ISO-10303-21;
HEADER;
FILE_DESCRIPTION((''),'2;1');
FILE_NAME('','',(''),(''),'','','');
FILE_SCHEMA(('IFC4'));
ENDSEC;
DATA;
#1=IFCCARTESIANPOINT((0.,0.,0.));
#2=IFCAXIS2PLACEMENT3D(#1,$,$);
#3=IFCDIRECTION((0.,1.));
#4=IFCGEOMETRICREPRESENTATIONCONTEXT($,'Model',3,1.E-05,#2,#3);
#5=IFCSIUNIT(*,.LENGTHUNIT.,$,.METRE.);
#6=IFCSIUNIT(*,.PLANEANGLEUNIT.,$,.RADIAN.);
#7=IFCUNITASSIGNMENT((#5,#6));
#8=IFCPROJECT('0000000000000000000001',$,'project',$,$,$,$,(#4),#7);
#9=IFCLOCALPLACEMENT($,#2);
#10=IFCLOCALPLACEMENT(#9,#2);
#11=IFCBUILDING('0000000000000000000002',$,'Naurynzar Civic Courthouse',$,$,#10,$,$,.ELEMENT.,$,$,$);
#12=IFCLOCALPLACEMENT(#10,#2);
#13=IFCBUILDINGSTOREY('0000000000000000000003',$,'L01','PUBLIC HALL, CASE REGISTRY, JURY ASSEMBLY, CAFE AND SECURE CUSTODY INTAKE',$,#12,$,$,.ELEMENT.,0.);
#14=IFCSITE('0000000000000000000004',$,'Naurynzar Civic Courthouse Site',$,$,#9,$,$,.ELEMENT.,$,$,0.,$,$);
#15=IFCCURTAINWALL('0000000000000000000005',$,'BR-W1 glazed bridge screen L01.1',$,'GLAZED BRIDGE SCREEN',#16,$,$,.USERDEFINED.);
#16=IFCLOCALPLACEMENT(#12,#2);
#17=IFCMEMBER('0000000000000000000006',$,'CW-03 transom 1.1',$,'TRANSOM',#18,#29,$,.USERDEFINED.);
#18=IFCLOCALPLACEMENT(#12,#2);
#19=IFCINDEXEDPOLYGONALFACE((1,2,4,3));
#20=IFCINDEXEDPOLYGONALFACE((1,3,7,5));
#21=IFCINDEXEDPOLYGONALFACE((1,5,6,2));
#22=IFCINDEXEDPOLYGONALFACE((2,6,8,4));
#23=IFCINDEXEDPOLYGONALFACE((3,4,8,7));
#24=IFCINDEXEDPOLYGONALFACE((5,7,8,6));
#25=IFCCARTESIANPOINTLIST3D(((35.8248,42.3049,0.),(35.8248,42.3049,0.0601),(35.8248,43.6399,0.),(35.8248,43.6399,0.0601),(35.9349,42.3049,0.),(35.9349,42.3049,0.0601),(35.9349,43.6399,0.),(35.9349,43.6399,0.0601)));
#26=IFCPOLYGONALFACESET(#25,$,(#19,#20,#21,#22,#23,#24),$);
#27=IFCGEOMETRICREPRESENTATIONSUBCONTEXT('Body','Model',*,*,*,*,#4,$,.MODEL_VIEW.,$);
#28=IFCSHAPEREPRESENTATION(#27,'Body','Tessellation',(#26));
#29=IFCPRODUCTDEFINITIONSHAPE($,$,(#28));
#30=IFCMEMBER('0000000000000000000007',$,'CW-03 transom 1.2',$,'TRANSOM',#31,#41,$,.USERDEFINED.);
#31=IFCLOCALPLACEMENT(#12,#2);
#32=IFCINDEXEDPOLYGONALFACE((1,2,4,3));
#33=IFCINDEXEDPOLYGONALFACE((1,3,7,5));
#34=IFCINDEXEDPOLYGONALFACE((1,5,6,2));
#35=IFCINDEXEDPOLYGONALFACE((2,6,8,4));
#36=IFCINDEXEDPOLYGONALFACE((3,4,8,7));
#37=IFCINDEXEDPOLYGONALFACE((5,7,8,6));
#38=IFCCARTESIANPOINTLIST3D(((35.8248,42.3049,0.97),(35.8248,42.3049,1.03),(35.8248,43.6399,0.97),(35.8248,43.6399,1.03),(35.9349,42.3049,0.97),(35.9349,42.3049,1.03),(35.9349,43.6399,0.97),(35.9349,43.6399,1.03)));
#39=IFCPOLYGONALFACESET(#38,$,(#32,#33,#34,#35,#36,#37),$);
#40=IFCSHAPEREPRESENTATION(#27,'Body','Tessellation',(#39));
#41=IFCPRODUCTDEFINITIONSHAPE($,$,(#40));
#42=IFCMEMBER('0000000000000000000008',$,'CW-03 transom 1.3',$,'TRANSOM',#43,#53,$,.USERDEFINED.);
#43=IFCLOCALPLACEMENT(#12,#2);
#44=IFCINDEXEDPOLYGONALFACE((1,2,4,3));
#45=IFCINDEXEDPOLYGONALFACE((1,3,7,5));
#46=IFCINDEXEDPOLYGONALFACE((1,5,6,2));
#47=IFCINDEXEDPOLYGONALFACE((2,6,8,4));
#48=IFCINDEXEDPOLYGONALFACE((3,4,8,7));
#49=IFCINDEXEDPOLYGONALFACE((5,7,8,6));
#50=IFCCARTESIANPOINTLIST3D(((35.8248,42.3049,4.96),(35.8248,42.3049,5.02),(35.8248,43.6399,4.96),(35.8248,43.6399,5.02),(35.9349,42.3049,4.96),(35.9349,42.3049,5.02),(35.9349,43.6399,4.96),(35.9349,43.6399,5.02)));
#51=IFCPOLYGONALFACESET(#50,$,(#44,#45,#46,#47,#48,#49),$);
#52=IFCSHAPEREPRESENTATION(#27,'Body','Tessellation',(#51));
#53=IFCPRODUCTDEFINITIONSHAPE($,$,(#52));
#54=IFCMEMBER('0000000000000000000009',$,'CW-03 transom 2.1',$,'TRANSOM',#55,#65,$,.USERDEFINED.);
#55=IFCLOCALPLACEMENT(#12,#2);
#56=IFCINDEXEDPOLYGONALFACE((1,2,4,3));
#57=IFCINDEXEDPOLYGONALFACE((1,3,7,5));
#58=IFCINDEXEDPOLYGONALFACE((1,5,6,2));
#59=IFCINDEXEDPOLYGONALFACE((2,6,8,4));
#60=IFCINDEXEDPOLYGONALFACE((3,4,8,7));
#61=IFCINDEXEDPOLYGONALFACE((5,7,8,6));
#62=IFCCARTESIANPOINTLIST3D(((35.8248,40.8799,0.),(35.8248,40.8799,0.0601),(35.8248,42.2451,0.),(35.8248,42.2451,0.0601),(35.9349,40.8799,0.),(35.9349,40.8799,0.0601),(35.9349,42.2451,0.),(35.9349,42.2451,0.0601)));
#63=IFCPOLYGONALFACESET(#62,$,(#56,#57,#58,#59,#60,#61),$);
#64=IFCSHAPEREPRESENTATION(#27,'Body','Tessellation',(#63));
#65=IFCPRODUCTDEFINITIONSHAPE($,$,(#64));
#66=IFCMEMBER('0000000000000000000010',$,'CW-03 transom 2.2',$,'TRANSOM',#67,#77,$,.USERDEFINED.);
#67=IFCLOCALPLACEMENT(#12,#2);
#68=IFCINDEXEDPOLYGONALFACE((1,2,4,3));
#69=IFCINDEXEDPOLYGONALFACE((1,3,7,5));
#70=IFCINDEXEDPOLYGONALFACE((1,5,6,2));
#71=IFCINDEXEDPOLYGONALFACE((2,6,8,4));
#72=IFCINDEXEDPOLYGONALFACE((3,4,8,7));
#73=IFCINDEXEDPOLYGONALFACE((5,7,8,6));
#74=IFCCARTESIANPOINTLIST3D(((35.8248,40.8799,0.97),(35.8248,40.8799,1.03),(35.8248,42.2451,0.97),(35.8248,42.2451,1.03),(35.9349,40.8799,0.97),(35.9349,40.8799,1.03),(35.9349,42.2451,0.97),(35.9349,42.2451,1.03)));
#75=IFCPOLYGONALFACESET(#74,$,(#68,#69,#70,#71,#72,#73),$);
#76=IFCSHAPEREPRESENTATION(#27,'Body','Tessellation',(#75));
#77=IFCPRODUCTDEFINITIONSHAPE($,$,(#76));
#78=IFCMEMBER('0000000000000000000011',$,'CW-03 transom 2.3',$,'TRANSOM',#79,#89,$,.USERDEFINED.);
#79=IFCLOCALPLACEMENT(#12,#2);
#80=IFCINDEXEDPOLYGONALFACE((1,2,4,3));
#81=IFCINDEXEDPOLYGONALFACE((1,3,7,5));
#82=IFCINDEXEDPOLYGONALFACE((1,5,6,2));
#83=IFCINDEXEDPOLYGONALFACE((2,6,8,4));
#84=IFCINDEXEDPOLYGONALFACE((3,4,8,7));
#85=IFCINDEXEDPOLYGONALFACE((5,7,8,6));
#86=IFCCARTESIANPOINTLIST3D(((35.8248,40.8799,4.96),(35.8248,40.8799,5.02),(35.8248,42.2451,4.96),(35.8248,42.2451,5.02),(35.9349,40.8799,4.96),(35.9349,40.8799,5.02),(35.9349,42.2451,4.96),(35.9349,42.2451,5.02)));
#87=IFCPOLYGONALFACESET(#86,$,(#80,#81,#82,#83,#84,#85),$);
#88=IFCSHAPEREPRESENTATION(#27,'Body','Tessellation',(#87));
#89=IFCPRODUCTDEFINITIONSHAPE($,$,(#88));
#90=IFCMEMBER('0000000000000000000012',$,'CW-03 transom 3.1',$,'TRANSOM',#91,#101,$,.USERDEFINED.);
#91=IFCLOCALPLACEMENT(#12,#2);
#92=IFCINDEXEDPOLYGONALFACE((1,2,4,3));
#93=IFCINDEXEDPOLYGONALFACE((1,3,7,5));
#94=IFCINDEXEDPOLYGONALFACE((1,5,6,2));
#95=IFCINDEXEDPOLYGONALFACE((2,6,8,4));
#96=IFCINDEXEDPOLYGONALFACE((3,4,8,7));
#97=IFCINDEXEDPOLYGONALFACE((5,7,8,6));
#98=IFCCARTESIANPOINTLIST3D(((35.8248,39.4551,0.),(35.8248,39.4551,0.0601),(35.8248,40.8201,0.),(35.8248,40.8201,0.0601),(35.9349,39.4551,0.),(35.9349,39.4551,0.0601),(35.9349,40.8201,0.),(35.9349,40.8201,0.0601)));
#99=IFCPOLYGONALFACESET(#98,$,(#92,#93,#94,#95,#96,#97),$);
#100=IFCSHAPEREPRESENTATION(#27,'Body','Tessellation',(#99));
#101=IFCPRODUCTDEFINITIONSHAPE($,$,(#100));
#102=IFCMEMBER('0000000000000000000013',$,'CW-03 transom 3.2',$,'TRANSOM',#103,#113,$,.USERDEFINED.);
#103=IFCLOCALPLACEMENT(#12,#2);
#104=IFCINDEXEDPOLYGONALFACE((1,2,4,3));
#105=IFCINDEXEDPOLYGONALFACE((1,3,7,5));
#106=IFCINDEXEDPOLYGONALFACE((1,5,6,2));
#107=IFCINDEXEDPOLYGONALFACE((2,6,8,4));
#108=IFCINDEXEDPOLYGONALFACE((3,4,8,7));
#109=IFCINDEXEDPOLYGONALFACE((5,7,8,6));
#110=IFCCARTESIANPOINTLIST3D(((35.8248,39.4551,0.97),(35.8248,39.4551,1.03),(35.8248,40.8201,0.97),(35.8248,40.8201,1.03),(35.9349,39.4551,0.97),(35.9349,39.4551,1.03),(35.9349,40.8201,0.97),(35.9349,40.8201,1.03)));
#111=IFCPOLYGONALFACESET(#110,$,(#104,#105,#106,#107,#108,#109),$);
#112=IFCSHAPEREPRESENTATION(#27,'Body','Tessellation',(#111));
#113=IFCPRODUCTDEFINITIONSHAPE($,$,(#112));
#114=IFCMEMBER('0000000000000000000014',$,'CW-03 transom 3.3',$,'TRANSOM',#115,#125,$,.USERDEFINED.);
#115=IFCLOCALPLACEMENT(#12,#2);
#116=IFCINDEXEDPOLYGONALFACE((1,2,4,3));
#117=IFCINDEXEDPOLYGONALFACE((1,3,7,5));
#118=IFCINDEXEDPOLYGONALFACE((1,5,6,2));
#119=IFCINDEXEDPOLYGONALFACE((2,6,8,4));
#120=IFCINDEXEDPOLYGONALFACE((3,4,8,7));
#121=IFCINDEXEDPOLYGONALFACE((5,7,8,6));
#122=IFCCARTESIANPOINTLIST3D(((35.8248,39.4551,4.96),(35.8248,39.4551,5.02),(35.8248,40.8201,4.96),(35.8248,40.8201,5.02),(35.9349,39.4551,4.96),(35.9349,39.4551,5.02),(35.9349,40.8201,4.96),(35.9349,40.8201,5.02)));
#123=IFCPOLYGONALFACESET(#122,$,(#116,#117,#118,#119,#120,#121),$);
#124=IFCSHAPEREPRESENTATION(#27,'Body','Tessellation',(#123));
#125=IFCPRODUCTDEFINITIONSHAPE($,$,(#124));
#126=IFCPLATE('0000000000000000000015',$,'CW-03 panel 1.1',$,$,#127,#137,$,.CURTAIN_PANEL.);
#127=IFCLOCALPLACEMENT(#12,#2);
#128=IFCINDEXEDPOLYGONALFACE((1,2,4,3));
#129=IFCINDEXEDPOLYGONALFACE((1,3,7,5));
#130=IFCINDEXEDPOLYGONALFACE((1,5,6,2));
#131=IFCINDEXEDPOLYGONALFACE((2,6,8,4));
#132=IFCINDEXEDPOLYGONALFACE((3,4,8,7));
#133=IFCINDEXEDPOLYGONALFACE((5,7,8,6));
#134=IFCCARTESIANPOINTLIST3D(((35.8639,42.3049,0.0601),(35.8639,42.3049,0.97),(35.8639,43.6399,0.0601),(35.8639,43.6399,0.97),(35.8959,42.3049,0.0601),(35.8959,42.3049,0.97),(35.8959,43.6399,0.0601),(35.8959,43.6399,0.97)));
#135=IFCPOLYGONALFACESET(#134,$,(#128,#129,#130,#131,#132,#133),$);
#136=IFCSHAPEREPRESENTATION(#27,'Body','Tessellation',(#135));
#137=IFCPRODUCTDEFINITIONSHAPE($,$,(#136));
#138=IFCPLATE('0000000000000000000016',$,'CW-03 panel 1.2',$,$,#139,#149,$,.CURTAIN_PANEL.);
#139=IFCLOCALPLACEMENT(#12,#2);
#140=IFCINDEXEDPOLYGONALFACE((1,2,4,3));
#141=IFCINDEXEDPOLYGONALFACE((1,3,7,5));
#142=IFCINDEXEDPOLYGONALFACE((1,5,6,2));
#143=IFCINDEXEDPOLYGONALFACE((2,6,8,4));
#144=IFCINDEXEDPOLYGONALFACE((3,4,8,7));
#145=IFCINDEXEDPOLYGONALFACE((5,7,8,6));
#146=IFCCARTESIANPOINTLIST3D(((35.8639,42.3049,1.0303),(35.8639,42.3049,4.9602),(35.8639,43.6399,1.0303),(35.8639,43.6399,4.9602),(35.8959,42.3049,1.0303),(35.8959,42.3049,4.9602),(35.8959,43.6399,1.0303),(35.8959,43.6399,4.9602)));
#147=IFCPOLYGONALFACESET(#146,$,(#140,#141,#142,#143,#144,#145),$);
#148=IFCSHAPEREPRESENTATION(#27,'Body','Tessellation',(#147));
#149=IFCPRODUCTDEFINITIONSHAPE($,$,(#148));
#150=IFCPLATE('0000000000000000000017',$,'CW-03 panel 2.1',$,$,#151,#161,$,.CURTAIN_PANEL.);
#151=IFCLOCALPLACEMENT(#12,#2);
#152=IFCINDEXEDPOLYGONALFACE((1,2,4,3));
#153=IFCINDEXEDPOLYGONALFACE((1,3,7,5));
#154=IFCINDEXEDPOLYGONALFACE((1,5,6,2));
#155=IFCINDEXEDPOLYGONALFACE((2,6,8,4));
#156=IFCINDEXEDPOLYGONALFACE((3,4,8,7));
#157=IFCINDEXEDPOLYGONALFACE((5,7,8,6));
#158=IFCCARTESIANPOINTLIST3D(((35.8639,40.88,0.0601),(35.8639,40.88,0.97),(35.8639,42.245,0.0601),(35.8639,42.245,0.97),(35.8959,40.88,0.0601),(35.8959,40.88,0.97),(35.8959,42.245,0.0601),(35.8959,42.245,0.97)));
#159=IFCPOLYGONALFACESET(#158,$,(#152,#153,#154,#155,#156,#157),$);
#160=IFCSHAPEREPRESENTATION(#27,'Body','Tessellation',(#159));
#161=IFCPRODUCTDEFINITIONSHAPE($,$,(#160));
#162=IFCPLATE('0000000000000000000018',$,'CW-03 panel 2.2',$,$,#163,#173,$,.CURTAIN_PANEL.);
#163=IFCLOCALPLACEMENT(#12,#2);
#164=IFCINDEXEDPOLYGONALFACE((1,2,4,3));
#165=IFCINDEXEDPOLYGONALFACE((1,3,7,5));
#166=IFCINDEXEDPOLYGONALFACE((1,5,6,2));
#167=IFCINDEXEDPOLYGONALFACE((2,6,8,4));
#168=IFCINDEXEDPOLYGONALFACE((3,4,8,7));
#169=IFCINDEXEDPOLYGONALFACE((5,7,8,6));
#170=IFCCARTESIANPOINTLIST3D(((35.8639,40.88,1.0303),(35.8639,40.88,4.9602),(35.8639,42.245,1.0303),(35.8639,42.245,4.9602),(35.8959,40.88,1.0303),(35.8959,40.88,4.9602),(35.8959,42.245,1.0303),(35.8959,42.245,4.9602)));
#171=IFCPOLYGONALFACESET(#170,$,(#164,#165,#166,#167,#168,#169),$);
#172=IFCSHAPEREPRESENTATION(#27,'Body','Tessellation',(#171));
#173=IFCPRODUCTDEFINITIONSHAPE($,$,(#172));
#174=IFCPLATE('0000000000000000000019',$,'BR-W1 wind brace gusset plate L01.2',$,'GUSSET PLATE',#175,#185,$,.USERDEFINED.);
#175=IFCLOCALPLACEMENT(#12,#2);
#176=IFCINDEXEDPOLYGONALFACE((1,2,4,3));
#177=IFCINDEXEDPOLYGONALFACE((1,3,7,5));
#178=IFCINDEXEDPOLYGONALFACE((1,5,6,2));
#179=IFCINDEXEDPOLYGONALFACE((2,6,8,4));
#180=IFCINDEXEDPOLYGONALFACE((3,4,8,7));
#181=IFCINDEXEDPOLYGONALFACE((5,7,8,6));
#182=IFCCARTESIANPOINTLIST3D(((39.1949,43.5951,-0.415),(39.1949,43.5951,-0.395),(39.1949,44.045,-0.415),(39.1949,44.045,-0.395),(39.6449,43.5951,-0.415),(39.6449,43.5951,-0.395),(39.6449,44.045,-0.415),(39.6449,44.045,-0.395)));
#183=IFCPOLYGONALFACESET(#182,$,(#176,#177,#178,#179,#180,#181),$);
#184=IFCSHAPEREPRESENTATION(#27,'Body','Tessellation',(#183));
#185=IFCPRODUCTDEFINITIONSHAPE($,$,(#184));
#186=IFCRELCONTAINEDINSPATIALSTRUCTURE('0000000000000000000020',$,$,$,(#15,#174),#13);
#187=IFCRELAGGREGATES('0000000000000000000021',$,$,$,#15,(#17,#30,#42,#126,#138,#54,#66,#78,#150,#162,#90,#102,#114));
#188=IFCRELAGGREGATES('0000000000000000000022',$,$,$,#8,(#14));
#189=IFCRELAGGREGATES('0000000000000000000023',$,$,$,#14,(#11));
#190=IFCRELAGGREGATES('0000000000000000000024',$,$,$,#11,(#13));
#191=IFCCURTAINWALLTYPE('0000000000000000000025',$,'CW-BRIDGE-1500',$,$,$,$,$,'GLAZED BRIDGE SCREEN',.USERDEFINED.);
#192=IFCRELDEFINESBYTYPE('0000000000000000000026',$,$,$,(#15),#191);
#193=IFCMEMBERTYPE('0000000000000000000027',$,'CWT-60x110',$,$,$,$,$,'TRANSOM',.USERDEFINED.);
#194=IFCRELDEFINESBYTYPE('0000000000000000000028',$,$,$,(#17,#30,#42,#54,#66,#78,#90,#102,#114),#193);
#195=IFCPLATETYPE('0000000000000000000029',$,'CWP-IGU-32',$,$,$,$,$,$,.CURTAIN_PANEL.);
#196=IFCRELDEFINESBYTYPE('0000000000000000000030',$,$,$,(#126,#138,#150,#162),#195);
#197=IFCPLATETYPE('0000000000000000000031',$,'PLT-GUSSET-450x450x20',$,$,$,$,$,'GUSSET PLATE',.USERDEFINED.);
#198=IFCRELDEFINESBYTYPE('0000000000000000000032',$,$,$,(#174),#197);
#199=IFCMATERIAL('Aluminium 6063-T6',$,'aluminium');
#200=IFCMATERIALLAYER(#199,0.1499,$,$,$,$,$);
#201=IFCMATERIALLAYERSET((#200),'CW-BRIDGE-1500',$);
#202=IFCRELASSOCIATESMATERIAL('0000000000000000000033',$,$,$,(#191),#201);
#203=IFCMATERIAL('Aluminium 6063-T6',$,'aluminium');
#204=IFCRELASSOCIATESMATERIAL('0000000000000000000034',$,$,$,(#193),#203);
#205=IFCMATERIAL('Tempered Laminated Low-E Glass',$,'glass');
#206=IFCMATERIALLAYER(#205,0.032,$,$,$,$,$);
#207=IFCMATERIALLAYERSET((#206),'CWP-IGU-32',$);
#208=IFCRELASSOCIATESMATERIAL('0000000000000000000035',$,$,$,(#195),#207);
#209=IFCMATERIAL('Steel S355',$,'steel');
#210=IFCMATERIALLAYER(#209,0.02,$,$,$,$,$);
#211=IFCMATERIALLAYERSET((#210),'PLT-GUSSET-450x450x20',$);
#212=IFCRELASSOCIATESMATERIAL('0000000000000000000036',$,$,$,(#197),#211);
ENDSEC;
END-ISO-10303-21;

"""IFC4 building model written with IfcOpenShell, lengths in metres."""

from ifc_helpers import new_model, si_unit, direction, frame, origin, origin_2d, place, context, subcontext, project, spatial, rectangle, extrude, material, layer, layer_set, material_profile, profile_set, type_object, element, aggregate, save


model = new_model("IFC4")

# Units and contexts
model_context = context("Model", 3, precision=1e-05, world=origin(), true_north=direction((0.0, 1.0)))
body_context = subcontext(model_context, "Body", "Model", "MODEL_VIEW")
ifc_project = project(units=[si_unit("LENGTHUNIT", "METRE"), si_unit("PLANEANGLEUNIT", "RADIAN")], contexts=[model_context])

# Site, building, storey
site_placement = place(None, origin())
site = spatial("IfcSite", under=ifc_project, at=site_placement, Name="Naurynzar Civic Courthouse Site", CompositionType="ELEMENT", RefElevation=0.0)
building_placement = place(site_placement, origin())
building = spatial("IfcBuilding", under=site, at=building_placement, Name="Naurynzar Civic Courthouse", CompositionType="ELEMENT")
storey_placement = place(building_placement, origin())
storey = spatial("IfcBuildingStorey", under=building, at=storey_placement, Name="L01", Description="PUBLIC HALL, CASE REGISTRY, JURY ASSEMBLY, CAFE AND SECURE CUSTODY INTAKE", CompositionType="ELEMENT", Elevation=0.0)

# Curtain wall, members, plates
ifc_material_1 = material(Name="Aluminium 6063-T6", Category="aluminium")
ifc_layer_1 = layer(ifc_material_1, 0.1499)
ifc_layer_set_1 = layer_set([ifc_layer_1], Name="CW-BRIDGE-1500")
curtain_wall_type = type_object("IfcCurtainWallType", Name="CW-BRIDGE-1500", ElementType="GLAZED BRIDGE SCREEN", PredefinedType="USERDEFINED", material=ifc_layer_set_1)
curtain_wall_placement = place(storey_placement, origin())
curtain_wall = element("IfcCurtainWall", 1, at=curtain_wall_placement, inside=storey, type_object=curtain_wall_type, Name="BR-W1 glazed bridge screen L01.1", ObjectType="GLAZED BRIDGE SCREEN", PredefinedType="USERDEFINED")
ifc_material_2 = material(Name="Aluminium 6063-T6", Category="aluminium")
ifc_material_profile = material_profile(ifc_material_2, rectangle(XDim=0.1101, YDim=0.0601, at=origin_2d()), Name="ALU TRANSOM 60x110")
ifc_profile_set = profile_set([ifc_material_profile], Name="Aluminium 6063-T6")
member_type = type_object("IfcMemberType", Name="CWT-60x110", ElementType="TRANSOM", PredefinedType="USERDEFINED", material=ifc_profile_set)
member_1_placement = place(storey_placement, frame((35.8799, 43.6399, 0.03), z_axis=(0.0, -1.0, 0.0), x_axis=(1.0, 0.0, 0.0)))
member_1 = element("IfcMember", 2, at=member_1_placement, type_object=member_type, Name="CW-03 transom 1.1", ObjectType="TRANSOM", PredefinedType="USERDEFINED", context=body_context, shape_type="SweptSolid", body=[
    extrude(rectangle(XDim=0.1101, YDim=0.0601, at=origin_2d()), origin(), (0.0, 0.0, 1.0), 1.335),
])
member_2_placement = place(storey_placement, frame((35.8799, 43.6399, 1.0), z_axis=(0.0, -1.0, 0.0), x_axis=(1.0, 0.0, 0.0)))
member_2 = element("IfcMember", 3, at=member_2_placement, type_object=member_type, Name="CW-03 transom 1.2", ObjectType="TRANSOM", PredefinedType="USERDEFINED", context=body_context, shape_type="SweptSolid", body=[
    extrude(rectangle(XDim=0.1101, YDim=0.0601, at=origin_2d()), origin(), (0.0, 0.0, 1.0), 1.335),
])
member_3_placement = place(storey_placement, frame((35.8799, 43.6399, 4.99), z_axis=(0.0, -1.0, 0.0), x_axis=(1.0, 0.0, 0.0)))
member_3 = element("IfcMember", 4, at=member_3_placement, type_object=member_type, Name="CW-03 transom 1.3", ObjectType="TRANSOM", PredefinedType="USERDEFINED", context=body_context, shape_type="SweptSolid", body=[
    extrude(rectangle(XDim=0.1101, YDim=0.0601, at=origin_2d()), origin(), (0.0, 0.0, 1.0), 1.335),
])
member_4_placement = place(storey_placement, frame((35.8799, 42.2451, 0.03), z_axis=(0.0, -1.0, 0.0), x_axis=(1.0, 0.0, 0.0)))
member_4 = element("IfcMember", 5, at=member_4_placement, type_object=member_type, Name="CW-03 transom 2.1", ObjectType="TRANSOM", PredefinedType="USERDEFINED", context=body_context, shape_type="SweptSolid", body=[
    extrude(rectangle(XDim=0.1101, YDim=0.0601, at=origin_2d()), origin(), (0.0, 0.0, 1.0), 1.3652),
])
member_5_placement = place(storey_placement, frame((35.8799, 42.2451, 1.0), z_axis=(0.0, -1.0, 0.0), x_axis=(1.0, 0.0, 0.0)))
member_5 = element("IfcMember", 6, at=member_5_placement, type_object=member_type, Name="CW-03 transom 2.2", ObjectType="TRANSOM", PredefinedType="USERDEFINED", context=body_context, shape_type="SweptSolid", body=[
    extrude(rectangle(XDim=0.1101, YDim=0.0601, at=origin_2d()), origin(), (0.0, 0.0, 1.0), 1.3652),
])
member_6_placement = place(storey_placement, frame((35.8799, 42.2451, 4.99), z_axis=(0.0, -1.0, 0.0), x_axis=(1.0, 0.0, 0.0)))
member_6 = element("IfcMember", 7, at=member_6_placement, type_object=member_type, Name="CW-03 transom 2.3", ObjectType="TRANSOM", PredefinedType="USERDEFINED", context=body_context, shape_type="SweptSolid", body=[
    extrude(rectangle(XDim=0.1101, YDim=0.0601, at=origin_2d()), origin(), (0.0, 0.0, 1.0), 1.3652),
])
member_7_placement = place(storey_placement, frame((35.8799, 40.8201, 0.03), z_axis=(0.0, -1.0, 0.0), x_axis=(1.0, 0.0, 0.0)))
member_7 = element("IfcMember", 8, at=member_7_placement, type_object=member_type, Name="CW-03 transom 3.1", ObjectType="TRANSOM", PredefinedType="USERDEFINED", context=body_context, shape_type="SweptSolid", body=[
    extrude(rectangle(XDim=0.1101, YDim=0.0601, at=origin_2d()), origin(), (0.0, 0.0, 1.0), 1.365),
])
member_8_placement = place(storey_placement, frame((35.8799, 40.8201, 1.0), z_axis=(0.0, -1.0, 0.0), x_axis=(1.0, 0.0, 0.0)))
member_8 = element("IfcMember", 9, at=member_8_placement, type_object=member_type, Name="CW-03 transom 3.2", ObjectType="TRANSOM", PredefinedType="USERDEFINED", context=body_context, shape_type="SweptSolid", body=[
    extrude(rectangle(XDim=0.1101, YDim=0.0601, at=origin_2d()), origin(), (0.0, 0.0, 1.0), 1.365),
])
member_9_placement = place(storey_placement, frame((35.8799, 40.8201, 4.99), z_axis=(0.0, -1.0, 0.0), x_axis=(1.0, 0.0, 0.0)))
member_9 = element("IfcMember", 10, at=member_9_placement, type_object=member_type, Name="CW-03 transom 3.3", ObjectType="TRANSOM", PredefinedType="USERDEFINED", context=body_context, shape_type="SweptSolid", body=[
    extrude(rectangle(XDim=0.1101, YDim=0.0601, at=origin_2d()), origin(), (0.0, 0.0, 1.0), 1.365),
])
ifc_material_3 = material(Name="Tempered Laminated Low-E Glass", Category="glass")
ifc_layer_2 = layer(ifc_material_3, 0.032)
ifc_layer_set_2 = layer_set([ifc_layer_2], Name="CWP-IGU-32")
plate_type_1 = type_object("IfcPlateType", Name="CWP-IGU-32", PredefinedType="CURTAIN_PANEL", material=ifc_layer_set_2)
plate_1_placement = place(storey_placement, frame((35.8799, 42.9724, 0.0601), z_axis=(0.0, 0.0, 1.0), x_axis=(0.0, -1.0, 0.0)))
plate_1 = element("IfcPlate", 11, at=plate_1_placement, type_object=plate_type_1, Name="CW-03 panel 1.1", PredefinedType="CURTAIN_PANEL", context=body_context, shape_type="SweptSolid", body=[
    extrude(rectangle(XDim=1.335, YDim=0.032, at=origin_2d()), origin(), (0.0, 0.0, 1.0), 0.9099),
])
plate_2_placement = place(storey_placement, frame((35.8799, 42.9724, 1.0303), z_axis=(0.0, 0.0, 1.0), x_axis=(0.0, -1.0, 0.0)))
plate_2 = element("IfcPlate", 12, at=plate_2_placement, type_object=plate_type_1, Name="CW-03 panel 1.2", PredefinedType="CURTAIN_PANEL", context=body_context, shape_type="SweptSolid", body=[
    extrude(rectangle(XDim=1.335, YDim=0.032, at=origin_2d()), origin(), (0.0, 0.0, 1.0), 3.9299),
])
plate_3_placement = place(storey_placement, frame((35.8799, 41.5625, 0.0601), z_axis=(0.0, 0.0, 1.0), x_axis=(0.0, -1.0, 0.0)))
plate_3 = element("IfcPlate", 13, at=plate_3_placement, type_object=plate_type_1, Name="CW-03 panel 2.1", PredefinedType="CURTAIN_PANEL", context=body_context, shape_type="SweptSolid", body=[
    extrude(rectangle(XDim=1.365, YDim=0.032, at=origin_2d()), origin(), (0.0, 0.0, 1.0), 0.9099),
])
plate_4_placement = place(storey_placement, frame((35.8799, 41.5625, 1.0303), z_axis=(0.0, 0.0, 1.0), x_axis=(0.0, -1.0, 0.0)))
plate_4 = element("IfcPlate", 14, at=plate_4_placement, type_object=plate_type_1, Name="CW-03 panel 2.2", PredefinedType="CURTAIN_PANEL", context=body_context, shape_type="SweptSolid", body=[
    extrude(rectangle(XDim=1.365, YDim=0.032, at=origin_2d()), origin(), (0.0, 0.0, 1.0), 3.9299),
])
aggregate(curtain_wall, [member_1, member_2, member_3, plate_1, plate_2, member_4, member_5, member_6, plate_3, plate_4, member_7, member_8, member_9])

# Plate
ifc_material_4 = material(Name="Steel S355", Category="steel")
ifc_layer_3 = layer(ifc_material_4, 0.02)
ifc_layer_set_3 = layer_set([ifc_layer_3], Name="PLT-GUSSET-450x450x20")
plate_type_2 = type_object("IfcPlateType", Name="PLT-GUSSET-450x450x20", ElementType="GUSSET PLATE", PredefinedType="USERDEFINED", material=ifc_layer_set_3)
plate_5_placement = place(storey_placement, frame((39.4199, 43.8201, -0.415), z_axis=(0.0, 0.0, 1.0), x_axis=(1.0, 0.0, 0.0)))
element("IfcPlate", 15, at=plate_5_placement, inside=storey, type_object=plate_type_2, Name="BR-W1 wind brace gusset plate L01.2", ObjectType="GUSSET PLATE", PredefinedType="USERDEFINED", context=body_context, shape_type="SweptSolid", body=[
    extrude(rectangle(XDim=0.45, YDim=0.45, at=origin_2d()), origin(), (0.0, 0.0, 1.0), 0.02),
])

save(model, "model.ifc")
